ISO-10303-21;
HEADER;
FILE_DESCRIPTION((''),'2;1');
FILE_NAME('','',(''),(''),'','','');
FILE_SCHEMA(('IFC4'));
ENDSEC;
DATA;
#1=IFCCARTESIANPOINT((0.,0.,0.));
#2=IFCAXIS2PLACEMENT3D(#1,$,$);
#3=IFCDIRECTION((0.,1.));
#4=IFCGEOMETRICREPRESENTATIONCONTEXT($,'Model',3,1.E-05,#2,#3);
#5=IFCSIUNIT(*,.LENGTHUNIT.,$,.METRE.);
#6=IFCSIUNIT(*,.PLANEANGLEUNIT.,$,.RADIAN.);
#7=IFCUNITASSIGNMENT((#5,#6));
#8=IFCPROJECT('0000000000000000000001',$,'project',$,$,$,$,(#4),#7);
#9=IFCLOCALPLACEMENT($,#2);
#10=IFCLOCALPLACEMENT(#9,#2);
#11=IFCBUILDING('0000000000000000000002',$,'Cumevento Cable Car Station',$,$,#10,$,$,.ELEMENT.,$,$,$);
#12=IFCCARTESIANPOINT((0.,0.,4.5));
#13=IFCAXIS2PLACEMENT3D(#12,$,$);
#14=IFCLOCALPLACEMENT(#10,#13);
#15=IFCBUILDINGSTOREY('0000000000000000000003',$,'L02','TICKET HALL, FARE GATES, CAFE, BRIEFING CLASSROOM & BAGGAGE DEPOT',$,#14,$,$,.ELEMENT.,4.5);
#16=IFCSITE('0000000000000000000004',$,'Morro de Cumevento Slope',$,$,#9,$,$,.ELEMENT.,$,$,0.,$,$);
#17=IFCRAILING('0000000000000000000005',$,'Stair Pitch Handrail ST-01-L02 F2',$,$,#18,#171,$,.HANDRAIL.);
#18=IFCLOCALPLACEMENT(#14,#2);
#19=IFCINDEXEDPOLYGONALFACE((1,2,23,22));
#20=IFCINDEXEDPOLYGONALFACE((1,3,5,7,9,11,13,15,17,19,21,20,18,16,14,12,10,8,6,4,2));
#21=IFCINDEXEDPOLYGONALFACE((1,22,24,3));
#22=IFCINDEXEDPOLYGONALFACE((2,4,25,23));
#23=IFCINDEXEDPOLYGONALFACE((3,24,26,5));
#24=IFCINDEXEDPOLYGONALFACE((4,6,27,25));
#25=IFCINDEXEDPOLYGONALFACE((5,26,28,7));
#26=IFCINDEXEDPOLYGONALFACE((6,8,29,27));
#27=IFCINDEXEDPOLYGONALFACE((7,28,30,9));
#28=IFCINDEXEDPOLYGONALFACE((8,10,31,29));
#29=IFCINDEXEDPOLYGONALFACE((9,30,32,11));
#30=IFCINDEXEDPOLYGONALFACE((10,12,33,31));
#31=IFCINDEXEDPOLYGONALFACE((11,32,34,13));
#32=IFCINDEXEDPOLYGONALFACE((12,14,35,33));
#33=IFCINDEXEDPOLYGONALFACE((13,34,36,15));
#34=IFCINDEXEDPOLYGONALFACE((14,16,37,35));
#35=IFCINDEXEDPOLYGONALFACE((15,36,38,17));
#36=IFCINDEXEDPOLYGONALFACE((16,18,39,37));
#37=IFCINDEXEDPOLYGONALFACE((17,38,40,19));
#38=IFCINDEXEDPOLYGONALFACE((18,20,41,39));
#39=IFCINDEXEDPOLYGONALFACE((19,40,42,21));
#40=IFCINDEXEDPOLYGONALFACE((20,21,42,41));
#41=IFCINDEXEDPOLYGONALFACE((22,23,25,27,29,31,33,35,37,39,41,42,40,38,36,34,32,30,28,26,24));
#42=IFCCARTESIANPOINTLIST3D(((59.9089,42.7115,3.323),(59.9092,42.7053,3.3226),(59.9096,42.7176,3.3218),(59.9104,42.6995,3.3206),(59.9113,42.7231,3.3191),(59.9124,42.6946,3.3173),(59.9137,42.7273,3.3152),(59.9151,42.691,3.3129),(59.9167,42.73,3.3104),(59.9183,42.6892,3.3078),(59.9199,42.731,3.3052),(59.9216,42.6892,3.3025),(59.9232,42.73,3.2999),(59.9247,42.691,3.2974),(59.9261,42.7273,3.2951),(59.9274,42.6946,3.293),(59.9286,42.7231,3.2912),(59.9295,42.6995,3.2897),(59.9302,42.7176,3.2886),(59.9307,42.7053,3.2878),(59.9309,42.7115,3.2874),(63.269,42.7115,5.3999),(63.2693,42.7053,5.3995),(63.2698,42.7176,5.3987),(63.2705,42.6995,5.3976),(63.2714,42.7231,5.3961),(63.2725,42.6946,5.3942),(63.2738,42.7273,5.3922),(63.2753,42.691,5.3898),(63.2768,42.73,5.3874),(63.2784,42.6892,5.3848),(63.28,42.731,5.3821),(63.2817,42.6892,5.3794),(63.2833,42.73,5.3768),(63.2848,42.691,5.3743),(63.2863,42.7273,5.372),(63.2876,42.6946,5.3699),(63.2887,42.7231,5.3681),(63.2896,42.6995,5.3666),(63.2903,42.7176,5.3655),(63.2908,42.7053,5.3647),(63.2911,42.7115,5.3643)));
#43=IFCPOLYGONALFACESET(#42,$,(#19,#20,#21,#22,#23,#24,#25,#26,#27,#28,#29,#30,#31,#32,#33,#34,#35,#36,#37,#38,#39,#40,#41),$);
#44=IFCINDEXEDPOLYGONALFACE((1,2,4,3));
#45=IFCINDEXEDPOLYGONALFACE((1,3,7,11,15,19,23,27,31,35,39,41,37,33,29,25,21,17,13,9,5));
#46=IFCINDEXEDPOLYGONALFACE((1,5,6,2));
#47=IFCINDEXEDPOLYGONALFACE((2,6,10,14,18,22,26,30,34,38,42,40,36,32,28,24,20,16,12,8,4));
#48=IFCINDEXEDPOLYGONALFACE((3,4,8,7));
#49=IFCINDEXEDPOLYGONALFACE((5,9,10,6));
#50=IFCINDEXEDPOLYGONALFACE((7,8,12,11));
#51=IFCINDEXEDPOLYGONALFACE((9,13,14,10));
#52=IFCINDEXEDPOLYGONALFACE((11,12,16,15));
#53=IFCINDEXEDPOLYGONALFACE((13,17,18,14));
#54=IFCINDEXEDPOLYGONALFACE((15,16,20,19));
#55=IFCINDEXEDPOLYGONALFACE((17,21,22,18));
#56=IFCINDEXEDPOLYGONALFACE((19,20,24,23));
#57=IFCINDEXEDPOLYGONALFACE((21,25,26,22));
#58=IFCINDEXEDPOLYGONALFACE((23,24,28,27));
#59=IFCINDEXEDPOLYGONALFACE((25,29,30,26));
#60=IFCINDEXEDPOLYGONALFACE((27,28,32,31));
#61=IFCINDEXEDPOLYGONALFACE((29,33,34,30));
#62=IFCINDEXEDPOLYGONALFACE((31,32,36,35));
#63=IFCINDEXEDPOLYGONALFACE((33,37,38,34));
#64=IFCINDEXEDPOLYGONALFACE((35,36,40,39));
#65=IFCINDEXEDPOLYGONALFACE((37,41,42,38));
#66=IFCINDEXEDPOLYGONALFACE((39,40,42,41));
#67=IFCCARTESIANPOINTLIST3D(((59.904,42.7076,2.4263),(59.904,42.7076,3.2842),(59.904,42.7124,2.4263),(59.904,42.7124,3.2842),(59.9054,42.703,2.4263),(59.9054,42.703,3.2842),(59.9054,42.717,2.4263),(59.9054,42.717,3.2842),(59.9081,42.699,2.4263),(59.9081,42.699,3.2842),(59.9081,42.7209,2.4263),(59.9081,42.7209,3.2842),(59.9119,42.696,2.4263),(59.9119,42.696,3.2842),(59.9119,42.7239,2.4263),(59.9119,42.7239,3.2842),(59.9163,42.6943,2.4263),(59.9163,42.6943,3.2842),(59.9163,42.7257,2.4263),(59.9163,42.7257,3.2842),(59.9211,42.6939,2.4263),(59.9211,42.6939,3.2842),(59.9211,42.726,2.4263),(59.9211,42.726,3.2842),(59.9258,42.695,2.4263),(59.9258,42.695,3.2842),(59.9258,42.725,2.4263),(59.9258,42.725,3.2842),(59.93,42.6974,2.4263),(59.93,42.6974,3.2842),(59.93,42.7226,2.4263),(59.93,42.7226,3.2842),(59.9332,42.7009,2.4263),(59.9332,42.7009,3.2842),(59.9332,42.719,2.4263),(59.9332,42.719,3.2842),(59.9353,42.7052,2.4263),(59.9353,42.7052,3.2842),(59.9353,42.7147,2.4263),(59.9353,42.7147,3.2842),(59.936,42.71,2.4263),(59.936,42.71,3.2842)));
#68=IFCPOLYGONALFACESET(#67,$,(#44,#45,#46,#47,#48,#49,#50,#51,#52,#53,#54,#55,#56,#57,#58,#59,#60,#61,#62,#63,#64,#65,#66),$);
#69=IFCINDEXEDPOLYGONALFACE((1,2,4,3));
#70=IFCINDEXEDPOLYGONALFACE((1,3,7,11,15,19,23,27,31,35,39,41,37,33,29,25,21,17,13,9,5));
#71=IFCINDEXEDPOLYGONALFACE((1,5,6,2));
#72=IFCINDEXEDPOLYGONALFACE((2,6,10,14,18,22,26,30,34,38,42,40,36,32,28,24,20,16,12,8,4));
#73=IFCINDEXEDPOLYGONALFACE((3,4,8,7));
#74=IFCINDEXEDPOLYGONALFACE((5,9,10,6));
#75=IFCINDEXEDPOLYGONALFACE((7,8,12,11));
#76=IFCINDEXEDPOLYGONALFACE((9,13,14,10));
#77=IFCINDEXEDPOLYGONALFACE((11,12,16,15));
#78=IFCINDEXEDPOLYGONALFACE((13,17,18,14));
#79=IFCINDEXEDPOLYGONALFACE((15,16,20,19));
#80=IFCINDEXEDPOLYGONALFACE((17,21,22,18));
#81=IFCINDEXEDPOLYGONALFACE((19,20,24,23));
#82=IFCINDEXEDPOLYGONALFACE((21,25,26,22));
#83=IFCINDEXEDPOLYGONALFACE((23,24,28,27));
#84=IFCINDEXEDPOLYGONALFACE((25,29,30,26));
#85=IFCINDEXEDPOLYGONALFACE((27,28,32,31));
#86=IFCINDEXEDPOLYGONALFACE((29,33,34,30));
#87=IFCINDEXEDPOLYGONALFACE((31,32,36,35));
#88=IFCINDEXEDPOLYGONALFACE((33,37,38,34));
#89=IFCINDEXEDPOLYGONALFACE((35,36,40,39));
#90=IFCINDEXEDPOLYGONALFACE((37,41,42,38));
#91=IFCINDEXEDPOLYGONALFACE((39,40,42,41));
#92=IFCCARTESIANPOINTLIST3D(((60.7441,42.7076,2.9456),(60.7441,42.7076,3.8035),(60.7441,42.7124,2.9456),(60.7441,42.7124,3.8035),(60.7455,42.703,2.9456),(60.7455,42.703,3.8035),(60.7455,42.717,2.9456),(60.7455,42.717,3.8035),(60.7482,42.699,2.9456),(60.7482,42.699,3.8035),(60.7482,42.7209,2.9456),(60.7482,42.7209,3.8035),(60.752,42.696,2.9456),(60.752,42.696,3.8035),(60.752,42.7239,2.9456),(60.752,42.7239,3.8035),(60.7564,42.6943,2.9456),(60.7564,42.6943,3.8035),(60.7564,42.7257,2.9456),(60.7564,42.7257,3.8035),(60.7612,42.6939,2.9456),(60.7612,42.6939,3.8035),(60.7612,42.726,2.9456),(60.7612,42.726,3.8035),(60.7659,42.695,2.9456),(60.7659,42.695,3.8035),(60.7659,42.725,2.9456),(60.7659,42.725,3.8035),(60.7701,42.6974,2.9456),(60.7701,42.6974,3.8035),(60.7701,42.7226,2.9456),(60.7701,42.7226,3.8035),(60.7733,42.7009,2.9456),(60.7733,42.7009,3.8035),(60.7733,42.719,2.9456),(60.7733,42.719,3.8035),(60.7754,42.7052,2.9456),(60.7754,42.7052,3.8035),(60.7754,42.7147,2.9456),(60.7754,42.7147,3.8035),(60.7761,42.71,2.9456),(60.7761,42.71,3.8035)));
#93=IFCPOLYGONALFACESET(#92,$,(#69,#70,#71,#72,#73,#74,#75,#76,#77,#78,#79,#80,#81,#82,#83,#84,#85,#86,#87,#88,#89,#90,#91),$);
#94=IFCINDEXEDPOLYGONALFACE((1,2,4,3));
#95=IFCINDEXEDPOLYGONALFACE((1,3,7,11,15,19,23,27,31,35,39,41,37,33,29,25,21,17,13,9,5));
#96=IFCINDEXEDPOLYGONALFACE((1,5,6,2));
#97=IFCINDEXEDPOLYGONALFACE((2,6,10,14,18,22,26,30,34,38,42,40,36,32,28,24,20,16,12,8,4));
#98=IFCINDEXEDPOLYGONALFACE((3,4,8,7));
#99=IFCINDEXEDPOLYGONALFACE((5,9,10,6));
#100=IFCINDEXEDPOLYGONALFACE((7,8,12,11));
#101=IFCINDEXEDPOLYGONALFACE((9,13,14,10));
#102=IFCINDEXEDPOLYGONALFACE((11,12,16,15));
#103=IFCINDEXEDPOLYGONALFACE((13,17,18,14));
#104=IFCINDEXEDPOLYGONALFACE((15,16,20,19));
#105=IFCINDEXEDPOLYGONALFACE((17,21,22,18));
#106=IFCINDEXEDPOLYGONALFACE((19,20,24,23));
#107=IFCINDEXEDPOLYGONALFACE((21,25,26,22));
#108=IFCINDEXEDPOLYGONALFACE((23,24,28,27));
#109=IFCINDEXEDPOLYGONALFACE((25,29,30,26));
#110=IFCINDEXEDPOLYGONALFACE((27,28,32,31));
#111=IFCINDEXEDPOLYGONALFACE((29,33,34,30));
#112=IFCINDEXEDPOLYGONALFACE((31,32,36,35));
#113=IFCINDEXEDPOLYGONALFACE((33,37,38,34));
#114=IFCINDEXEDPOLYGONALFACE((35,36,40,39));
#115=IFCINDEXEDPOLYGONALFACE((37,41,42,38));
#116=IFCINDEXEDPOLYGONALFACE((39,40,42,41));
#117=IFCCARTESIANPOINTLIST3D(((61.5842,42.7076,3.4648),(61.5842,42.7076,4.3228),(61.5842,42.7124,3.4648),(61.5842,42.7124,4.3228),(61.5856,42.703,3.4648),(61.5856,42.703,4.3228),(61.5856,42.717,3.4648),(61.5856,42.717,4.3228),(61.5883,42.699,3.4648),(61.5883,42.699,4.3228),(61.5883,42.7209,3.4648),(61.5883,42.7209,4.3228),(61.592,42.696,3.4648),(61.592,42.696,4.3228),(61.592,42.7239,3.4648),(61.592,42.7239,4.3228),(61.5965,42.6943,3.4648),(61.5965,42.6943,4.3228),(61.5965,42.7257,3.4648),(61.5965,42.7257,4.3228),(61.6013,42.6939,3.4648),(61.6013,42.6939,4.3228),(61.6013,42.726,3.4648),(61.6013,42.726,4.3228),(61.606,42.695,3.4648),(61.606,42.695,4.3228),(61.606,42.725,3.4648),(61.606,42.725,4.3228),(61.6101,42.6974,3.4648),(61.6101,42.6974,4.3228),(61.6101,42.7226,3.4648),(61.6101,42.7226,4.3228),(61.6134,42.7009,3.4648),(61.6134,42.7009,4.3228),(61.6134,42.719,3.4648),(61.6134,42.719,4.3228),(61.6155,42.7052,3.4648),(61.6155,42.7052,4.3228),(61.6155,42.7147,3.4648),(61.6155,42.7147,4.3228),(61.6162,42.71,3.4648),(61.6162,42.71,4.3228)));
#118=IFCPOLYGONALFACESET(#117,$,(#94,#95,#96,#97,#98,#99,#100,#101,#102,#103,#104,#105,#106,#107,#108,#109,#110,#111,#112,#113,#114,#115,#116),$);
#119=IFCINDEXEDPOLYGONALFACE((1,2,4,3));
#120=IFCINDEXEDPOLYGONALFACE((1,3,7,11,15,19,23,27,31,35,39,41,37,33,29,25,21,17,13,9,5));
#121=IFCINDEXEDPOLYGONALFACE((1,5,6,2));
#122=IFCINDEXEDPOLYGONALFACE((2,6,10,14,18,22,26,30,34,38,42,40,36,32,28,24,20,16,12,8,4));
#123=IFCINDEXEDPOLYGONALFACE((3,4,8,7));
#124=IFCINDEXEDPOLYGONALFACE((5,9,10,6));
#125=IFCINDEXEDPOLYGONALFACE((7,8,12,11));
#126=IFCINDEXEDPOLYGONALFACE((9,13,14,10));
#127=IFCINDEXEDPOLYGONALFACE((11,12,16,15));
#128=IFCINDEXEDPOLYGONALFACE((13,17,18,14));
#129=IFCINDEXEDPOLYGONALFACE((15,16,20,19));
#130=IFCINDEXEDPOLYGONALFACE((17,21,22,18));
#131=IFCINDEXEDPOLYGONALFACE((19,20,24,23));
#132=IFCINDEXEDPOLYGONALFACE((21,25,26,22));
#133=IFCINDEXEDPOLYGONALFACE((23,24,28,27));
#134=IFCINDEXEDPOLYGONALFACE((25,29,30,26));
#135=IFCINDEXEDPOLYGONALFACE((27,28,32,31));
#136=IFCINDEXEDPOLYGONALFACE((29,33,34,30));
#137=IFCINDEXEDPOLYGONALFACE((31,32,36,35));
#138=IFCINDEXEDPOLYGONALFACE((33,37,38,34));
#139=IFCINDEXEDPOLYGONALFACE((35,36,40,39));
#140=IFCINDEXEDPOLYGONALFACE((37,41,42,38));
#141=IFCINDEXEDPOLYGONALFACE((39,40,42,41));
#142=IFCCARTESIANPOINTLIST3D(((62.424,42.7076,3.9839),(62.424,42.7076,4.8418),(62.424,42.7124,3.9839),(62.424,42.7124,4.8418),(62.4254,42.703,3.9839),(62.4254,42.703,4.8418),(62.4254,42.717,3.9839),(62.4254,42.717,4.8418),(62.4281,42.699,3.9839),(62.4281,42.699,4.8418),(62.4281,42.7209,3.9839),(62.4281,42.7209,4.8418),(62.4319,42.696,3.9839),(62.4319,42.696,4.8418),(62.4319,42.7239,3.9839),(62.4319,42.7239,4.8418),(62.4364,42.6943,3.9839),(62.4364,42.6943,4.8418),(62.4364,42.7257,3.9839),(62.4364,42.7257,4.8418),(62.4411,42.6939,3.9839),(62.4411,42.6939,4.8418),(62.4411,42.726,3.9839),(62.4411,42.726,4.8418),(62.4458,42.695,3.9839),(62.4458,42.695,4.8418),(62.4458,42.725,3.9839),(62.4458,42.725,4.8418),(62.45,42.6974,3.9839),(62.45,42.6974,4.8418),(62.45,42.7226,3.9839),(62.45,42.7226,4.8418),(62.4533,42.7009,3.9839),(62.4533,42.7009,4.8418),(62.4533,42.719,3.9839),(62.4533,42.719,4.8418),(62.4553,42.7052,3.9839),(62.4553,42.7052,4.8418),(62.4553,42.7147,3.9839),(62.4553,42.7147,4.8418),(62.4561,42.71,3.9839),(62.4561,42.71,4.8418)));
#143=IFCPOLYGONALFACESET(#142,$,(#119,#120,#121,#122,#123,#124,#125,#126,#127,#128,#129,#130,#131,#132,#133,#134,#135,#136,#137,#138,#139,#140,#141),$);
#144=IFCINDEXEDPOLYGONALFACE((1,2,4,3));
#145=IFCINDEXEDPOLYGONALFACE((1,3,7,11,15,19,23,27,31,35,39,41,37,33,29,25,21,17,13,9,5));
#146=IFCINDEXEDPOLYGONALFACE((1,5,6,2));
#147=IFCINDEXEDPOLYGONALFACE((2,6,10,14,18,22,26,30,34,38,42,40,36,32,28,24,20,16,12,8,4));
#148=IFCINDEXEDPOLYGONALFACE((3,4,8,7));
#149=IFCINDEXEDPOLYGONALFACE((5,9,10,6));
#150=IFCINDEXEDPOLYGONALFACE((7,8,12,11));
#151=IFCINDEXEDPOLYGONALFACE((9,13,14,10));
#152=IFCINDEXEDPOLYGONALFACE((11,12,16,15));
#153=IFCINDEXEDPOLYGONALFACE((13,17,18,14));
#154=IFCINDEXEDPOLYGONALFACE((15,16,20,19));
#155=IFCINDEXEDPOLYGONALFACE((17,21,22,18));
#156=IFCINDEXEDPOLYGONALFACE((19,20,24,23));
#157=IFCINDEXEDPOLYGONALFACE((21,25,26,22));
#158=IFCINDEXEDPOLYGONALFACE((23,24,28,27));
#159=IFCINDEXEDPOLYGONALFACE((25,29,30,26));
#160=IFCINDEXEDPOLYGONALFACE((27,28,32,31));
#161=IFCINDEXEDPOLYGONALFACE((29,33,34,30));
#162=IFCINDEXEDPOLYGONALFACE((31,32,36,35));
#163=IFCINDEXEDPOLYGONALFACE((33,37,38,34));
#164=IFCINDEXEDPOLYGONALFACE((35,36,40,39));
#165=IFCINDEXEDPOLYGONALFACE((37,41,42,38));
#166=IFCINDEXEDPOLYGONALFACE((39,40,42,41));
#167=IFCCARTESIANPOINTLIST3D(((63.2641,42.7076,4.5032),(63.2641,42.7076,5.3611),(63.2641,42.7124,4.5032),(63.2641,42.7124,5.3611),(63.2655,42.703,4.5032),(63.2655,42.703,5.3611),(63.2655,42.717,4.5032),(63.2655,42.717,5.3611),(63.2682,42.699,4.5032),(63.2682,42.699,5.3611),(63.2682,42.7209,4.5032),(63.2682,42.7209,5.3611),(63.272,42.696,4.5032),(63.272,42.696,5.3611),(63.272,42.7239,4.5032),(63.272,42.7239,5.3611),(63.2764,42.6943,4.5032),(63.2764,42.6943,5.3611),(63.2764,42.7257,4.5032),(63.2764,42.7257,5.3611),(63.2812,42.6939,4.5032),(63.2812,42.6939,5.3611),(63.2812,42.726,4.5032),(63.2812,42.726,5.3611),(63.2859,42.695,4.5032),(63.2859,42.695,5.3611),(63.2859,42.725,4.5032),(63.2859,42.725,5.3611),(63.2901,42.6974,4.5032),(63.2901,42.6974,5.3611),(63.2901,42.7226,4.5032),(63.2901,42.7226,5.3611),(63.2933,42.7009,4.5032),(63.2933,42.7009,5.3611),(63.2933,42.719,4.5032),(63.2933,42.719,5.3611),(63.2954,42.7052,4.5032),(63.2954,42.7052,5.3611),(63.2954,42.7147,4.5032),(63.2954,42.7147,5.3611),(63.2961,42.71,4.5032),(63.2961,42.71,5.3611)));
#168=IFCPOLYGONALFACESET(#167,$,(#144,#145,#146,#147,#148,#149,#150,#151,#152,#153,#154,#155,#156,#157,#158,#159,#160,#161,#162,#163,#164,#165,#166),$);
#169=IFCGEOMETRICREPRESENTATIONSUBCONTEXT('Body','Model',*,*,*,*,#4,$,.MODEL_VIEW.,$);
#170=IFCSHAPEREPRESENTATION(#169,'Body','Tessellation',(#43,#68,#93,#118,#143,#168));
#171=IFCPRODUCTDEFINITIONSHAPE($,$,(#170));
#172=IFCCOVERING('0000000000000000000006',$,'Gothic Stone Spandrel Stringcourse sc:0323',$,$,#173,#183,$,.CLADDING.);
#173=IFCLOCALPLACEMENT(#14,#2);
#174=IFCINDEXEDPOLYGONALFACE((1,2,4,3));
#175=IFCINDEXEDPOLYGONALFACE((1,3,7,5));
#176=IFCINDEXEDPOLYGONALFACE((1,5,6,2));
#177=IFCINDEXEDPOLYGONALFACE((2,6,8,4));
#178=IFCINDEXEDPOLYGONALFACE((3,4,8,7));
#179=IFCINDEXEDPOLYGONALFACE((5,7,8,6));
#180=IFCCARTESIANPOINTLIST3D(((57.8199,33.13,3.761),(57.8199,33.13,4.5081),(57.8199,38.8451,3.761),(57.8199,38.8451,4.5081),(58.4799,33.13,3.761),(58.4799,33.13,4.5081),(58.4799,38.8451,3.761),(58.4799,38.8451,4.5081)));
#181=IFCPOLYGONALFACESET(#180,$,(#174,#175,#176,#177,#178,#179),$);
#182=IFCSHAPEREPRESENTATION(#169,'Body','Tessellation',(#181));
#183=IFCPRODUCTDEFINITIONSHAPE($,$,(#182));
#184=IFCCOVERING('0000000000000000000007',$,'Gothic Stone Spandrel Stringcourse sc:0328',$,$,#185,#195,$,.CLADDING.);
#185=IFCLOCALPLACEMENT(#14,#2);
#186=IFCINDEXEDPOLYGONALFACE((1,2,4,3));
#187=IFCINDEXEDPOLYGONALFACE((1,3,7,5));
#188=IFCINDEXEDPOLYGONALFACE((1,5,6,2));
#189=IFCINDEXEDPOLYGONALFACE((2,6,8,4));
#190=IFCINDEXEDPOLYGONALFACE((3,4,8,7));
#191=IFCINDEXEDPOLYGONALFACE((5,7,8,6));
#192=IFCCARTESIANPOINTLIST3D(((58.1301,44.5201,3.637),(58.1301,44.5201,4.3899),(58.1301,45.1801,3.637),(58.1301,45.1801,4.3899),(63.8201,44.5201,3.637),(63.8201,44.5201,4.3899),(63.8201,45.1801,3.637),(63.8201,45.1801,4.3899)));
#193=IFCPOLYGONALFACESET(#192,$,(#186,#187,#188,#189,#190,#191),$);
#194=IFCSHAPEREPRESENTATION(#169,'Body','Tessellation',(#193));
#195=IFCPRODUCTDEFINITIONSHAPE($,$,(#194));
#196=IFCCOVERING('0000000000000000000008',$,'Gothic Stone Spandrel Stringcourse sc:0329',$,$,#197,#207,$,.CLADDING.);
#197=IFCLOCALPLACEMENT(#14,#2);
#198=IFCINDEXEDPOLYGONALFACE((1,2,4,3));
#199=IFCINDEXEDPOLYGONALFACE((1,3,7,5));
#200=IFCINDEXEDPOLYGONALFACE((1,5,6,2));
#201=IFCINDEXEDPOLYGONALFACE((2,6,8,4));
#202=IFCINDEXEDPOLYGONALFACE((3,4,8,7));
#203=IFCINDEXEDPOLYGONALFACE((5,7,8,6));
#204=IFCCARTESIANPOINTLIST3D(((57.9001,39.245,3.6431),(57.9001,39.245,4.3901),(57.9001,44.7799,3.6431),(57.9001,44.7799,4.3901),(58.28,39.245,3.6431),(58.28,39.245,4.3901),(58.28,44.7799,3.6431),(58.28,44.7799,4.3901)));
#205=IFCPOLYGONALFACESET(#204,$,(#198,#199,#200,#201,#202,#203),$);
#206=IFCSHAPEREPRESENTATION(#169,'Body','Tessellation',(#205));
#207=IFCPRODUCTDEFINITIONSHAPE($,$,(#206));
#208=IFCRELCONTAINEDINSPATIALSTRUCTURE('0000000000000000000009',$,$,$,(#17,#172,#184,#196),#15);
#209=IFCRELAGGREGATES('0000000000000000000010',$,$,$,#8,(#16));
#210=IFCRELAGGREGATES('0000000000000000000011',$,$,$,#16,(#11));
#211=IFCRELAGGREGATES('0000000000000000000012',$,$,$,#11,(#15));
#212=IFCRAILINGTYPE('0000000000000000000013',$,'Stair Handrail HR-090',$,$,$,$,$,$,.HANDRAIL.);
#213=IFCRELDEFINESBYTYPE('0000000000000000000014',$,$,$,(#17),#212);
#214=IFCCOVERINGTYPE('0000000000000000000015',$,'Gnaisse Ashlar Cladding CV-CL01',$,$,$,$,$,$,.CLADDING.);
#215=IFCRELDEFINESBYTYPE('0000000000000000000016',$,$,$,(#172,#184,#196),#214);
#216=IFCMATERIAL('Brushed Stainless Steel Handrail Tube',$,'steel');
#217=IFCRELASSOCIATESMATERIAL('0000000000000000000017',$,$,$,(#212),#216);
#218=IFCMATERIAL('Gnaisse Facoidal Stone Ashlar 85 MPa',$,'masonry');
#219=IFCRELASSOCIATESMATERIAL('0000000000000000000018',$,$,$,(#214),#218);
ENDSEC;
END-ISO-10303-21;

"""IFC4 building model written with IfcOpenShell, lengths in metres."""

from ifc_helpers import new_model, si_unit, direction, frame, origin, origin_2d, place, context, subcontext, project, spatial, rectangle, circle, extrude, material, type_object, element, save


model = new_model("IFC4")

# Units and contexts
model_context = context("Model", 3, precision=1e-05, world=origin(), true_north=direction((0.0, 1.0)))
body_context = subcontext(model_context, "Body", "Model", "MODEL_VIEW")
ifc_project = project(units=[si_unit("LENGTHUNIT", "METRE"), si_unit("PLANEANGLEUNIT", "RADIAN")], contexts=[model_context])

# Site, building, storey
site_placement = place(None, origin())
site = spatial("IfcSite", under=ifc_project, at=site_placement, Name="Morro de Cumevento Slope", CompositionType="ELEMENT", RefElevation=0.0)
building_placement = place(site_placement, origin())
building = spatial("IfcBuilding", under=site, at=building_placement, Name="Cumevento Cable Car Station", CompositionType="ELEMENT")
storey_placement = place(building_placement, frame((0.0, 0.0, 4.5)))
storey = spatial("IfcBuildingStorey", under=building, at=storey_placement, Name="L02", Description="TICKET HALL, FARE GATES, CAFE, BRIEFING CLASSROOM & BAGGAGE DEPOT", CompositionType="ELEMENT", Elevation=4.5)

# Railing
ifc_material_1 = material(Name="Brushed Stainless Steel Handrail Tube", Category="steel")
railing_type_1 = type_object("IfcRailingType", Name="Stair Handrail HR-090", PredefinedType="HANDRAIL", material=ifc_material_1)
railing_1_placement = place(storey_placement, frame((59.9199, 42.71, 2.4263)))
element("IfcRailing", 1, at=railing_1_placement, inside=storey, type_object=railing_type_1, Name="Stair Pitch Handrail ST-01-L02 F2", PredefinedType="HANDRAIL", context=body_context, shape_type="SweptSolid", body=[
    extrude(circle(Radius=0.021, at=origin_2d()), frame((0.0, 0.0, 0.8789), z_axis=(0.850623, 0.0, 0.525776), x_axis=(0.0, 1.0, 0.0)), (0.0, 0.0, 1.0), 3.9502),
    extrude(circle(Radius=0.0161, at=origin_2d()), origin(), (0.0, 0.0, 1.0), 0.8579),
    extrude(circle(Radius=0.0161, at=origin_2d()), frame((0.8401, 0.0, 0.5193)), (0.0, 0.0, 1.0), 0.8579),
    extrude(circle(Radius=0.0161, at=origin_2d()), frame((1.6802, 0.0, 1.0386)), (0.0, 0.0, 1.0), 0.8579),
    extrude(circle(Radius=0.0161, at=origin_2d()), frame((2.52, 0.0, 1.5576)), (0.0, 0.0, 1.0), 0.8579),
    extrude(circle(Radius=0.0161, at=origin_2d()), frame((3.3601, 0.0, 2.0769)), (0.0, 0.0, 1.0), 0.8579),
])

# Coverings
ifc_material_2 = material(Name="Gnaisse Facoidal Stone Ashlar 85 MPa", Category="masonry")
covering_type = type_object("IfcCoveringType", Name="Gnaisse Ashlar Cladding CV-CL01", PredefinedType="CLADDING", material=ifc_material_2)
covering_1_placement = place(storey_placement, frame((58.1499, 35.9875, 3.761), z_axis=(0.0, 0.0, 1.0), x_axis=(0.0, 1.0, 0.0)))
element("IfcCovering", 2, at=covering_1_placement, inside=storey, type_object=covering_type, Name="Gothic Stone Spandrel Stringcourse sc:0323", PredefinedType="CLADDING", context=body_context, shape_type="SweptSolid", body=[
    extrude(rectangle(XDim=5.7151, YDim=0.6599, at=origin_2d()), origin(), (0.0, 0.0, 1.0), 0.7471),
])
covering_2_placement = place(storey_placement, frame((60.9751, 44.8501, 3.637), z_axis=(0.0, 0.0, 1.0), x_axis=(1.0, 0.0, 0.0)))
element("IfcCovering", 3, at=covering_2_placement, inside=storey, type_object=covering_type, Name="Gothic Stone Spandrel Stringcourse sc:0328", PredefinedType="CLADDING", context=body_context, shape_type="SweptSolid", body=[
    extrude(rectangle(XDim=5.6899, YDim=0.6599, at=origin_2d()), origin(), (0.0, 0.0, 1.0), 0.7529),
])
covering_3_placement = place(storey_placement, frame((58.0901, 42.0125, 3.6431), z_axis=(0.0, 0.0, 1.0), x_axis=(0.0, 1.0, 0.0)))
element("IfcCovering", 4, at=covering_3_placement, inside=storey, type_object=covering_type, Name="Gothic Stone Spandrel Stringcourse sc:0329", PredefinedType="CLADDING", context=body_context, shape_type="SweptSolid", body=[
    extrude(rectangle(XDim=5.5349, YDim=0.3799, at=origin_2d()), origin(), (0.0, 0.0, 1.0), 0.7471),
])

save(model, "model.ifc")
